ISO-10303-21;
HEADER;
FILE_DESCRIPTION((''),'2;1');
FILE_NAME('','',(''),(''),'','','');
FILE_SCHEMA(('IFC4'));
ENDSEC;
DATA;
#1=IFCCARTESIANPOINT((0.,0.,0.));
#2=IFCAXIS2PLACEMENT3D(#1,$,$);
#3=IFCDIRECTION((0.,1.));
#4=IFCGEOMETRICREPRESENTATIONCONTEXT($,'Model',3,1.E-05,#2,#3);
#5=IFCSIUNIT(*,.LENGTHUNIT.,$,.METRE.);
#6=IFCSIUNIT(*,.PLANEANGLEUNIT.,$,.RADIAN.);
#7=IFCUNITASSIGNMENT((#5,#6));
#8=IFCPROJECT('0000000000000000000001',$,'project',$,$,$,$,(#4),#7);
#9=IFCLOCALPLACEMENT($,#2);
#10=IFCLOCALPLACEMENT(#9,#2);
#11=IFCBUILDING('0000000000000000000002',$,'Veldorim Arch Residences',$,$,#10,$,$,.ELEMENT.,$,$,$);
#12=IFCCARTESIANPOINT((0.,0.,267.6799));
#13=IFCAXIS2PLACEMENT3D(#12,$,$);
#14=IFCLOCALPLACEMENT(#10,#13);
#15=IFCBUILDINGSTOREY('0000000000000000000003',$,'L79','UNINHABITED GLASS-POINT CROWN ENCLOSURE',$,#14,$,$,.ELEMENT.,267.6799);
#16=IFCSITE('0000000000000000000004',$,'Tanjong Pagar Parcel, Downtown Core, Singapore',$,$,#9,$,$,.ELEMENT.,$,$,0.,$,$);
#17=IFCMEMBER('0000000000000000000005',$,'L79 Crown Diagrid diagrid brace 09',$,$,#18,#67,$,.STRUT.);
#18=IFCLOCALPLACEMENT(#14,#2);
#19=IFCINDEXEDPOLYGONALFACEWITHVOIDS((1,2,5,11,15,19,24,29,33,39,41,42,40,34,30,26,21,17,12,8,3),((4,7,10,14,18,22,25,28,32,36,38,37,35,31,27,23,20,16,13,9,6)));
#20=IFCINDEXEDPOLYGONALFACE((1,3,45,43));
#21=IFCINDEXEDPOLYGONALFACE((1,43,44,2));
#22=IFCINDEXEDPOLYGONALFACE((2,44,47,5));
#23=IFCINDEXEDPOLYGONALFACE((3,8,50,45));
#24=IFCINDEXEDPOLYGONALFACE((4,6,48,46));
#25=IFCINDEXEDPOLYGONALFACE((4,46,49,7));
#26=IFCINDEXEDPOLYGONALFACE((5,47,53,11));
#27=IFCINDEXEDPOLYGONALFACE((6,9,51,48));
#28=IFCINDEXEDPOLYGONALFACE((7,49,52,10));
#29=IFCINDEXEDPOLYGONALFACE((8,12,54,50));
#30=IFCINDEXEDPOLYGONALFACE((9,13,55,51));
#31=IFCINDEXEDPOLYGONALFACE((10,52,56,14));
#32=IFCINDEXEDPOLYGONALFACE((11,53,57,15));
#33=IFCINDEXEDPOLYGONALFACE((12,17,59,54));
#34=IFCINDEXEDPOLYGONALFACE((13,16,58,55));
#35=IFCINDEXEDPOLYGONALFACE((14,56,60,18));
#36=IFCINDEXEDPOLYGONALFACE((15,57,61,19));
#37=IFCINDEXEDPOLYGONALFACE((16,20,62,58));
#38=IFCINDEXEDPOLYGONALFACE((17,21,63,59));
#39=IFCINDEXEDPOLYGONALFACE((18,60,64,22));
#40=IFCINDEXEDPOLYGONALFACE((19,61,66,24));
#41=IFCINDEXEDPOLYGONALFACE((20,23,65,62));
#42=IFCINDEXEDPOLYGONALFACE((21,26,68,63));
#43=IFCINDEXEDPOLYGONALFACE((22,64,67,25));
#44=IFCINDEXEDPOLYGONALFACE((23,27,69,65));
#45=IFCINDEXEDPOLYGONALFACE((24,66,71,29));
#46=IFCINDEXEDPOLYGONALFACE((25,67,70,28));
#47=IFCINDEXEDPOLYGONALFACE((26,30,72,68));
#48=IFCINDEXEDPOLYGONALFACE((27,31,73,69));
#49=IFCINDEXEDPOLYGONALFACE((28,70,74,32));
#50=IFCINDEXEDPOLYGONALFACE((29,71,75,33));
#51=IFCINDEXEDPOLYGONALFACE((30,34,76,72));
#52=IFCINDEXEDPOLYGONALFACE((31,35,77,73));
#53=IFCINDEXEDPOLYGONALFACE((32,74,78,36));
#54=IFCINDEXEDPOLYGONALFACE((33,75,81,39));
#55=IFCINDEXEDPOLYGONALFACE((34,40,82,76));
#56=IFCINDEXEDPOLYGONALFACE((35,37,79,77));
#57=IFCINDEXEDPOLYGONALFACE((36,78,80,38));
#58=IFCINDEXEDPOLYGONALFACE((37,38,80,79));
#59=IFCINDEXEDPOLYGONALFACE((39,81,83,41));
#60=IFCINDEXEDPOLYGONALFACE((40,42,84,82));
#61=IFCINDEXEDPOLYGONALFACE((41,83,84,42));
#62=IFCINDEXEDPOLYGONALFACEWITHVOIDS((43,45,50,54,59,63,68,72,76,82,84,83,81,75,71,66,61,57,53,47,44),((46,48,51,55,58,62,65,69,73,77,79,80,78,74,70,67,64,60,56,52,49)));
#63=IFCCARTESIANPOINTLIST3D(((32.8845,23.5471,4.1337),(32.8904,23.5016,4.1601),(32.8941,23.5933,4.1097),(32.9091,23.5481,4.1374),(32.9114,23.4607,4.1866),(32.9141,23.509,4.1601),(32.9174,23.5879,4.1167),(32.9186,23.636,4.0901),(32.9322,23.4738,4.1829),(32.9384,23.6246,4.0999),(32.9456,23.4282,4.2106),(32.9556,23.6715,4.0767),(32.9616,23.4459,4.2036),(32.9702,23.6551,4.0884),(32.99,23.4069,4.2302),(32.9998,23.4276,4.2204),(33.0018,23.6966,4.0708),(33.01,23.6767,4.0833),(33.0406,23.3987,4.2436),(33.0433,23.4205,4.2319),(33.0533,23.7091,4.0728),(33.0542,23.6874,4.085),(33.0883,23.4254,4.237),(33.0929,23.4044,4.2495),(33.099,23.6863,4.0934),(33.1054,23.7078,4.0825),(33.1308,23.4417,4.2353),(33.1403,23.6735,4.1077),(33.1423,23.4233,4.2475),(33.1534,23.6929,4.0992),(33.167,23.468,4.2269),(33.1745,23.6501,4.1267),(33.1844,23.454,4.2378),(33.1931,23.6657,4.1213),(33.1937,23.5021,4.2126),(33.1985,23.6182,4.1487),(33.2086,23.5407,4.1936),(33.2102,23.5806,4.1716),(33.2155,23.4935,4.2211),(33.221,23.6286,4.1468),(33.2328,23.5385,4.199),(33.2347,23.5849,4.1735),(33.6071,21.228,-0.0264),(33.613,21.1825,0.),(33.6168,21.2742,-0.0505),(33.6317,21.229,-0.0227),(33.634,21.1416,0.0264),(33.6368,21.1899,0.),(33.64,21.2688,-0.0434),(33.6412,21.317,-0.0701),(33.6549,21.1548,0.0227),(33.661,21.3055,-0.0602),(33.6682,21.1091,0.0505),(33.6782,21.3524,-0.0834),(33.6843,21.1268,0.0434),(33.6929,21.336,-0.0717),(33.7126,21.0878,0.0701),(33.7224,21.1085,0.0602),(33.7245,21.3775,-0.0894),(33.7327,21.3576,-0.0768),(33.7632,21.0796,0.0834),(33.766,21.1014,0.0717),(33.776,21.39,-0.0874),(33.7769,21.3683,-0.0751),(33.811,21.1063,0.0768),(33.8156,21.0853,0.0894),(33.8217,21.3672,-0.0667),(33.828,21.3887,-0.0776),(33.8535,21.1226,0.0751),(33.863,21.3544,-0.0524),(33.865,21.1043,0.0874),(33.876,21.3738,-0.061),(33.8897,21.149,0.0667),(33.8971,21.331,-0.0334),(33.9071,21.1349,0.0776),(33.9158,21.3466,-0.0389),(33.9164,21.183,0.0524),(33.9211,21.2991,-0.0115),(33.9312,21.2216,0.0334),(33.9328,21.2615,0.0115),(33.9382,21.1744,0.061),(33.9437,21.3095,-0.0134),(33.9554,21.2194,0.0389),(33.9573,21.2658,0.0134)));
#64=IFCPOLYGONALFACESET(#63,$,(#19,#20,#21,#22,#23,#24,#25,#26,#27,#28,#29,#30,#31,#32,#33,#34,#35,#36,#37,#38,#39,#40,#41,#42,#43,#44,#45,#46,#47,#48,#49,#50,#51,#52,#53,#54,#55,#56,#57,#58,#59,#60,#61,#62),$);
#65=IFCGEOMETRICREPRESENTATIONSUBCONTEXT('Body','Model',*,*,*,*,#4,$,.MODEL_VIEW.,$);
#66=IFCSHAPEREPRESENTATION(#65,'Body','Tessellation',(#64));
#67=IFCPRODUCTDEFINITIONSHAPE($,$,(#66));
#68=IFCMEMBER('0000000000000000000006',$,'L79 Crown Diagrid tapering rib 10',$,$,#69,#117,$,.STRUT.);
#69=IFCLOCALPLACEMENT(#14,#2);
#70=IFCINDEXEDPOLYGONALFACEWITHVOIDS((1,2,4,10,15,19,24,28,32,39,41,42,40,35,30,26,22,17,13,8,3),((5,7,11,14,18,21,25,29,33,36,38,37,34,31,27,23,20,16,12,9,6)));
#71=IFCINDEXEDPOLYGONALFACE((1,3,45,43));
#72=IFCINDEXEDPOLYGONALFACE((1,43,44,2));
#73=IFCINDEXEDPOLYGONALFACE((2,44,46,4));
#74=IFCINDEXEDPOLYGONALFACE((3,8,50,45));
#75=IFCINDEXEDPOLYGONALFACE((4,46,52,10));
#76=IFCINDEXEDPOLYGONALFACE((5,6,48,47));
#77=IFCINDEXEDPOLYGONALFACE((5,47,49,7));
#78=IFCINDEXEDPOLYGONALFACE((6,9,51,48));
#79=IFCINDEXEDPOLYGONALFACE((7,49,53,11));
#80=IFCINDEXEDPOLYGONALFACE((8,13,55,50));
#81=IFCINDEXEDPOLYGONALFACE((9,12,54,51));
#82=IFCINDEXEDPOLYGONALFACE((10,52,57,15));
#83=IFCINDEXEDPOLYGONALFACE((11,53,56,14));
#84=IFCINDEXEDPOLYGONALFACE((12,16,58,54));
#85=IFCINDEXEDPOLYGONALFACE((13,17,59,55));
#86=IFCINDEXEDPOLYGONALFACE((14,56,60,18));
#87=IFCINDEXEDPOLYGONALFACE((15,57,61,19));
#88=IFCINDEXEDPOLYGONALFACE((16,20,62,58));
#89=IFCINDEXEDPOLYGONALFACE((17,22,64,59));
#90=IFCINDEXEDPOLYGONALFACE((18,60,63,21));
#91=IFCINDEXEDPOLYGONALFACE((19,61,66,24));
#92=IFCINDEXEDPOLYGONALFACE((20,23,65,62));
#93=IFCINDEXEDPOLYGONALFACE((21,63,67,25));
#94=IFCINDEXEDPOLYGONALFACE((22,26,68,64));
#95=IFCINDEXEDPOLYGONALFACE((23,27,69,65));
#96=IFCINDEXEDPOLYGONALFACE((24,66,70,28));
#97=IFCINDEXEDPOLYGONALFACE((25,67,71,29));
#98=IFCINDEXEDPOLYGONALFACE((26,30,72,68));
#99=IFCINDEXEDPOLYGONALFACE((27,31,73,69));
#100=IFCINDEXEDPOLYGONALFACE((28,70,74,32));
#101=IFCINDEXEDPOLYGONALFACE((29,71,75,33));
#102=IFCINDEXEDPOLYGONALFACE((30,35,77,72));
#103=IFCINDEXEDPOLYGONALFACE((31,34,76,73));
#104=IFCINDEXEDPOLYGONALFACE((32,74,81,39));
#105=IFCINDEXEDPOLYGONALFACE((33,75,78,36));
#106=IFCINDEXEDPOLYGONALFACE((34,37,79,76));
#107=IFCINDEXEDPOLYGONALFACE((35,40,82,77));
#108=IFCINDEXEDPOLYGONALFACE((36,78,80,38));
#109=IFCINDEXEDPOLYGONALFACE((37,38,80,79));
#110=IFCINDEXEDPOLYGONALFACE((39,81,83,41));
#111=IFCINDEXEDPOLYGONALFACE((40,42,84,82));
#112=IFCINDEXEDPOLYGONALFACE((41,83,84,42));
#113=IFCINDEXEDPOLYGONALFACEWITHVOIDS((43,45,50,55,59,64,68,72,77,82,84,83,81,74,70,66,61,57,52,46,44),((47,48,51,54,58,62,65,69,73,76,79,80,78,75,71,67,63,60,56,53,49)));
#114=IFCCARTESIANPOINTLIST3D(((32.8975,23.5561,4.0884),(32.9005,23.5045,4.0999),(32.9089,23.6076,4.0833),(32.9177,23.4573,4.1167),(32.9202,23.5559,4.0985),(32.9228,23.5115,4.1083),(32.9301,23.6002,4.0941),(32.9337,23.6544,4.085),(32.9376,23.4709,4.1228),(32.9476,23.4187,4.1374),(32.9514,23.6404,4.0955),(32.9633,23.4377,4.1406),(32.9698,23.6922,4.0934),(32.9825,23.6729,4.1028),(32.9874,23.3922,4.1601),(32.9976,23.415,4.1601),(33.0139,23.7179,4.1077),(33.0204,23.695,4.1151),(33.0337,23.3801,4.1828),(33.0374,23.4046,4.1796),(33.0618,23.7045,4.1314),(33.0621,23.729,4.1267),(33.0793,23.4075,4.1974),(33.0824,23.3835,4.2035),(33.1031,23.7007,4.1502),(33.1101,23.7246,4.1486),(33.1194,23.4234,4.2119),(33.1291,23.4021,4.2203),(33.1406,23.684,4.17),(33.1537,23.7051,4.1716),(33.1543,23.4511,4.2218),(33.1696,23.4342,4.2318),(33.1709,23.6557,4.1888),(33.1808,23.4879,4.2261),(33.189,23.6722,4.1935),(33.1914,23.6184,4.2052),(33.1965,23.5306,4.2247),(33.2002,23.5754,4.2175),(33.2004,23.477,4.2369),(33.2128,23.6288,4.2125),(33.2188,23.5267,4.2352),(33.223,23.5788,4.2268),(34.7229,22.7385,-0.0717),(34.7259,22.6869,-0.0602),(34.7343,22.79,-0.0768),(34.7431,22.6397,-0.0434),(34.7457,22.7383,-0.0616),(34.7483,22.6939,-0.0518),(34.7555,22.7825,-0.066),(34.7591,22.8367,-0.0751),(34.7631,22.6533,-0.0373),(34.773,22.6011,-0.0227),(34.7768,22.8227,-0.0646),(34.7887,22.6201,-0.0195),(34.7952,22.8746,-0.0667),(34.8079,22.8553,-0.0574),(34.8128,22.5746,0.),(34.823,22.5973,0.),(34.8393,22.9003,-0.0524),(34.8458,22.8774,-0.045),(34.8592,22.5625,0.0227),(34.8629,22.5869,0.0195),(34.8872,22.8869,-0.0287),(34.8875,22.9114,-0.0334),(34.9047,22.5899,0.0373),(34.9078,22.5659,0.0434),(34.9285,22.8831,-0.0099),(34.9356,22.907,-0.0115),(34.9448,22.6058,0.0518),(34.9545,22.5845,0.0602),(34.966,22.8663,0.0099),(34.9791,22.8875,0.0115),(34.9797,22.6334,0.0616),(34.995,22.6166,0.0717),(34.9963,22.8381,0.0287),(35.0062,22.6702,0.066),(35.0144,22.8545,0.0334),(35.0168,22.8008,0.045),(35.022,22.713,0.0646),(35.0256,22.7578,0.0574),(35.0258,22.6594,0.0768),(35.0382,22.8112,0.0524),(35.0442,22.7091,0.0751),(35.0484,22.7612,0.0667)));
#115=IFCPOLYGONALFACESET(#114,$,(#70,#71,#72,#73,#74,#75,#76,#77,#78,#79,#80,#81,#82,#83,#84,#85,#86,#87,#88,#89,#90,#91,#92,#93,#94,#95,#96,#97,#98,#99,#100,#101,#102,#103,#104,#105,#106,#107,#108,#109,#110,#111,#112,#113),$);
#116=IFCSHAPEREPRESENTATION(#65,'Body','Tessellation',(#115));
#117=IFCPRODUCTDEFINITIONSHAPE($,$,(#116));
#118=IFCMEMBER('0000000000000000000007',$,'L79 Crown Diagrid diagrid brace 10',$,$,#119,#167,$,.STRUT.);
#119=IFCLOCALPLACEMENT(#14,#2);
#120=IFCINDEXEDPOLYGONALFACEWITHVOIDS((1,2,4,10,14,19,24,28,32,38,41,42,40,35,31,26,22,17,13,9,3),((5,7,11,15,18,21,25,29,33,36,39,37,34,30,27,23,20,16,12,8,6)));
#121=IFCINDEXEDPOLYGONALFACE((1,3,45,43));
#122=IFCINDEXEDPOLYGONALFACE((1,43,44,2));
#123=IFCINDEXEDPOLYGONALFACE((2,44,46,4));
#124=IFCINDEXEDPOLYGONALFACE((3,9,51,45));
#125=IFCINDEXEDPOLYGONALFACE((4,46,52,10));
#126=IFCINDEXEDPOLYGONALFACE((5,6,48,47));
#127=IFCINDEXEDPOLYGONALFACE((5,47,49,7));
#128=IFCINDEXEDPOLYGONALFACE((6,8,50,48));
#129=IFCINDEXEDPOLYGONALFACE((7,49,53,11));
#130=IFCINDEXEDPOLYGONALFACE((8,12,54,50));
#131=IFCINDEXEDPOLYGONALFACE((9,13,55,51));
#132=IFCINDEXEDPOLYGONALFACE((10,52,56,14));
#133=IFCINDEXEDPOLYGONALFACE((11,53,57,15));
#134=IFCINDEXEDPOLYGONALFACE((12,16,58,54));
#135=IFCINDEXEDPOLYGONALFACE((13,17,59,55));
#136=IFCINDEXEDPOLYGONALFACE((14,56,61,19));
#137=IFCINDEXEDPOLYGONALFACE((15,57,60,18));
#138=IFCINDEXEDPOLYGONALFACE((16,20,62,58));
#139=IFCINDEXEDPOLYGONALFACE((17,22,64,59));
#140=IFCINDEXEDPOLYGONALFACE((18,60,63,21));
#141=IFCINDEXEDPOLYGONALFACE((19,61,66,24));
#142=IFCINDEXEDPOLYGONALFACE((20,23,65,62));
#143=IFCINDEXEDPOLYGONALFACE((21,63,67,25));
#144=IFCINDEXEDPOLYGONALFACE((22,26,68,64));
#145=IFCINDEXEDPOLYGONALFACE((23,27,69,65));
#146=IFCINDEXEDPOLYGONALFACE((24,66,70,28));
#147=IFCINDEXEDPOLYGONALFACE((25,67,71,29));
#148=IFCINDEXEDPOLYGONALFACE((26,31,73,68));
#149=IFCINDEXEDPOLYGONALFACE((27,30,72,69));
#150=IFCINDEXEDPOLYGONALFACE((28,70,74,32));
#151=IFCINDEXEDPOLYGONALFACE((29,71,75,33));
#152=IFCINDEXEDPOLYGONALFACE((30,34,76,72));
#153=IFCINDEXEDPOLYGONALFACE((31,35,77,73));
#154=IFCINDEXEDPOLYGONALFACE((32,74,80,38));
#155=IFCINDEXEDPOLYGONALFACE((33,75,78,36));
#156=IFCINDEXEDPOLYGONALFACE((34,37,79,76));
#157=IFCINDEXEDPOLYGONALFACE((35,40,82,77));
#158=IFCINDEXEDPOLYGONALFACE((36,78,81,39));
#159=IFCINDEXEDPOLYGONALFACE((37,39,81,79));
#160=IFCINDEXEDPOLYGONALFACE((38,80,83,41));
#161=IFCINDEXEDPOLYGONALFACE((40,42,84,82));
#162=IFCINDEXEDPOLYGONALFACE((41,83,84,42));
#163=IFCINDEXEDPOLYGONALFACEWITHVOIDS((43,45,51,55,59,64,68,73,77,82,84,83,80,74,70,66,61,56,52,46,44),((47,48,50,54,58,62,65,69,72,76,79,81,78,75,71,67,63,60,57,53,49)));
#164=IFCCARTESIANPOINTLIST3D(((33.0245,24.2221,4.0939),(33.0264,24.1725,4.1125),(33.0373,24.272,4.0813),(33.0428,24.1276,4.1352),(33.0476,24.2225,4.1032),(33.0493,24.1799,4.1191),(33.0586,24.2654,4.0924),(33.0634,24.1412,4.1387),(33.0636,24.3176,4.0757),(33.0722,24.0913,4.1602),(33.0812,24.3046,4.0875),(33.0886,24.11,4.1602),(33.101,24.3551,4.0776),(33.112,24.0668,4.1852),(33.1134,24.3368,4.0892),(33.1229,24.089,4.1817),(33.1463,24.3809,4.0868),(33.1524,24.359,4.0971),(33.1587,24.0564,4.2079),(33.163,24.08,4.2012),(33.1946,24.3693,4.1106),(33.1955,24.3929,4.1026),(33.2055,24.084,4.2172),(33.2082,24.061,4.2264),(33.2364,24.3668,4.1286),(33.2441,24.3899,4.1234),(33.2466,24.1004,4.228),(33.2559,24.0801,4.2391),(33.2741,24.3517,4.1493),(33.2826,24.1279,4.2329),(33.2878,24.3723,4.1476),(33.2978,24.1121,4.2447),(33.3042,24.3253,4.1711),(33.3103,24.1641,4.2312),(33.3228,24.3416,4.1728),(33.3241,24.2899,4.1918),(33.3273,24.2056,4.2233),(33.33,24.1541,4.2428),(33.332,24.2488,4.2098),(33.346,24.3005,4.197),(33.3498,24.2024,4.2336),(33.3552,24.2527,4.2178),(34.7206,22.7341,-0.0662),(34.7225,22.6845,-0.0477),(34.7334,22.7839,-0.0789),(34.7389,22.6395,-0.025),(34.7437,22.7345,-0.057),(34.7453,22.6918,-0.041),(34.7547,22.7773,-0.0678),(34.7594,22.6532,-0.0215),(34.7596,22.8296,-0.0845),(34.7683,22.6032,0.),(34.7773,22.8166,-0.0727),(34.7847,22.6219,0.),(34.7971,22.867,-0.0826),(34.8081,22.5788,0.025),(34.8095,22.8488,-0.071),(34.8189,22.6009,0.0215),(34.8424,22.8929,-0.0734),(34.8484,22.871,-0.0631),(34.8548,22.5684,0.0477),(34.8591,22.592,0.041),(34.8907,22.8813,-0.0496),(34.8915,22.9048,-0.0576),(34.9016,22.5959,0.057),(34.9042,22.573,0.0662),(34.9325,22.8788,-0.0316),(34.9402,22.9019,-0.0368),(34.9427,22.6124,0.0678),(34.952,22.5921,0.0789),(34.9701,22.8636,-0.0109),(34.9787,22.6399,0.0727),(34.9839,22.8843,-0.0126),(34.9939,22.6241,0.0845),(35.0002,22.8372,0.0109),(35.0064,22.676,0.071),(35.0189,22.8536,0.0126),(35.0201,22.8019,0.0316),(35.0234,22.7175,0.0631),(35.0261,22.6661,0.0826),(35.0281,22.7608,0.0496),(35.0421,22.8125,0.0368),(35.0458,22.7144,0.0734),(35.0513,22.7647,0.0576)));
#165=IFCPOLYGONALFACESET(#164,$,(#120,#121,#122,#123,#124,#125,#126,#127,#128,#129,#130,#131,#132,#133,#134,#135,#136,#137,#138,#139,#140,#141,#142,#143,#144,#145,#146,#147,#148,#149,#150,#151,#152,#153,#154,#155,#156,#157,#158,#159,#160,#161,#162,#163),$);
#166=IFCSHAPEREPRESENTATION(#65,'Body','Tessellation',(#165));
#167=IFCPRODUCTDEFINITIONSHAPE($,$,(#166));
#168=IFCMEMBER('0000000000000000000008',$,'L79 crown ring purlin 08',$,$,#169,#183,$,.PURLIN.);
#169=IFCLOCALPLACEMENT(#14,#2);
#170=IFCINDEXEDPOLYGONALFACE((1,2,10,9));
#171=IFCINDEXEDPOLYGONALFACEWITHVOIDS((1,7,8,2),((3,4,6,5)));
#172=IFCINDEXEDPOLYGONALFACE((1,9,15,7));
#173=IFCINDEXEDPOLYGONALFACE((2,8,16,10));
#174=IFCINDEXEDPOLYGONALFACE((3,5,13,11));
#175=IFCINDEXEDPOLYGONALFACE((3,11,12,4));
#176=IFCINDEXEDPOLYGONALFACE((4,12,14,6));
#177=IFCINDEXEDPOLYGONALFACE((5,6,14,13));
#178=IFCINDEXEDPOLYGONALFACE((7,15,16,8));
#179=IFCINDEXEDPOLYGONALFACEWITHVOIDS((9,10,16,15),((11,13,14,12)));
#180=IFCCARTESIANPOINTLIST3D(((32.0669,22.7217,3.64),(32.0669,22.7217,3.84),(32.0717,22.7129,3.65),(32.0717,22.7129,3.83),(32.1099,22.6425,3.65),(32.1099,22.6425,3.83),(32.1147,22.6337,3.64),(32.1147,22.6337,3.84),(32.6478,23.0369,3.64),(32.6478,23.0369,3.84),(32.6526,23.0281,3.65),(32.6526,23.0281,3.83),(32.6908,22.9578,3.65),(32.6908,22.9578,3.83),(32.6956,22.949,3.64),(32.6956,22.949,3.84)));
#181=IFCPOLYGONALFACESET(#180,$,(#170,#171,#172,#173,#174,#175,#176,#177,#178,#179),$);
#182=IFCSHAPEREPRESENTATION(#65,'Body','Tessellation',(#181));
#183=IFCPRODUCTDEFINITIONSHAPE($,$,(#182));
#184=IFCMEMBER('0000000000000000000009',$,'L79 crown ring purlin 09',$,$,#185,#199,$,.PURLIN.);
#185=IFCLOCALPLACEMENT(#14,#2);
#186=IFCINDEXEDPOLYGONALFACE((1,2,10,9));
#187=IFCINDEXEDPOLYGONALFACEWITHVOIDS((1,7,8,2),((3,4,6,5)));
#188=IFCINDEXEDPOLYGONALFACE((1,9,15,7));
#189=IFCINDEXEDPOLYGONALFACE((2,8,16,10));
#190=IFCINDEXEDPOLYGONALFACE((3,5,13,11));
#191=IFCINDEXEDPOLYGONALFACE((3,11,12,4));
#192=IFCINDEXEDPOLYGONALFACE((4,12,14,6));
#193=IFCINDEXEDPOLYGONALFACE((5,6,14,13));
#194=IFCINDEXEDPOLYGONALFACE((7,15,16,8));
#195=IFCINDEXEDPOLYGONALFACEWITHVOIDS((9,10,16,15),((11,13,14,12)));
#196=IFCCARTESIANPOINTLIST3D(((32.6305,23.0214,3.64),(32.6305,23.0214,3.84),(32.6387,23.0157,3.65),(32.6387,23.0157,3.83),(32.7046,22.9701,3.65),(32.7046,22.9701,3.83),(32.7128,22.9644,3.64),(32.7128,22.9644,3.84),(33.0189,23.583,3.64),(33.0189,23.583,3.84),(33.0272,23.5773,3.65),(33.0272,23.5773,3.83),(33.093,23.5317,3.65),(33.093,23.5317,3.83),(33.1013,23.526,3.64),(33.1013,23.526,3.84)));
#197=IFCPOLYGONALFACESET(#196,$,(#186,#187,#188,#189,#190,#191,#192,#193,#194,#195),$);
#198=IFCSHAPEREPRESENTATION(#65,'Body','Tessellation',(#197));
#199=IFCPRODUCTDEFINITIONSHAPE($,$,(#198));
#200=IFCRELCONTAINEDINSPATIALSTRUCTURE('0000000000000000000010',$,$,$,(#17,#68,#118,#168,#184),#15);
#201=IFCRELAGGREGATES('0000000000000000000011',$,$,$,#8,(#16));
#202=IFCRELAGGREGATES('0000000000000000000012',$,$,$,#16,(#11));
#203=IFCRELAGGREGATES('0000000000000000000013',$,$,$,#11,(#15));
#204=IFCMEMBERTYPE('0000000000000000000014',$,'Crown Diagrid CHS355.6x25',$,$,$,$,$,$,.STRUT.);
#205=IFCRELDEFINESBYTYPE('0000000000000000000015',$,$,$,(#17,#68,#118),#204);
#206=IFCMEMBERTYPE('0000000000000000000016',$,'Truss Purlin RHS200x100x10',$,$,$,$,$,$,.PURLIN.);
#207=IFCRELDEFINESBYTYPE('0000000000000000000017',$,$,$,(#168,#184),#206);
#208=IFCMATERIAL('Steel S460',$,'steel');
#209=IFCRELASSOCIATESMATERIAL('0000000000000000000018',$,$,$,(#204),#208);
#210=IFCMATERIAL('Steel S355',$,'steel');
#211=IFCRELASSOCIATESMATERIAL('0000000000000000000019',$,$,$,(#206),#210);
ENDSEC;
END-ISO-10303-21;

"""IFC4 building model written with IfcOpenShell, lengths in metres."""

from ifc_helpers import new_model, si_unit, direction, frame, origin, origin_2d, place, context, subcontext, project, spatial, hollow_rectangle, hollow_circle, extrude, material, material_profile, profile_set, type_object, element, save


model = new_model("IFC4")

# Units and contexts
model_context = context("Model", 3, precision=1e-05, world=origin(), true_north=direction((0.0, 1.0)))
body_context = subcontext(model_context, "Body", "Model", "MODEL_VIEW")
ifc_project = project(units=[si_unit("LENGTHUNIT", "METRE"), si_unit("PLANEANGLEUNIT", "RADIAN")], contexts=[model_context])

# Site, building, storey
site_placement = place(None, origin())
site = spatial("IfcSite", under=ifc_project, at=site_placement, Name="Tanjong Pagar Parcel, Downtown Core, Singapore", CompositionType="ELEMENT", RefElevation=0.0)
building_placement = place(site_placement, origin())
building = spatial("IfcBuilding", under=site, at=building_placement, Name="Veldorim Arch Residences", CompositionType="ELEMENT")
storey_placement = place(building_placement, frame((0.0, 0.0, 267.6799)))
storey = spatial("IfcBuildingStorey", under=building, at=storey_placement, Name="L79", Description="UNINHABITED GLASS-POINT CROWN ENCLOSURE", CompositionType="ELEMENT", Elevation=267.6799)

# Members
ifc_material_1 = material(Name="Steel S460", Category="steel")
ifc_material_profile_1 = material_profile(ifc_material_1, hollow_circle(Radius=0.1777, WallThickness=0.0249, at=origin_2d()), Name="CHS355.6x25")
ifc_profile_set_1 = profile_set([ifc_material_profile_1], Name="Steel S460")
member_type_1 = type_object("IfcMemberType", Name="Crown Diagrid CHS355.6x25", PredefinedType="STRUT", material=ifc_profile_set_1)
member_1_placement = place(storey_placement, frame((33.7827, 21.2354, 0.0), z_axis=(-0.15001, 0.481399, 0.863569), x_axis=(-0.954721, -0.297502, 0.0)))
element("IfcMember", 1, at=member_1_placement, inside=storey, type_object=member_type_1, Name="L79 Crown Diagrid diagrid brace 09", PredefinedType="STRUT", context=body_context, shape_type="SweptSolid", body=[
    extrude(hollow_circle(Radius=0.1777, WallThickness=0.0249, at=origin_2d()), origin(), (0.0, 0.0, 1.0), 4.8174),
])
member_2_placement = place(storey_placement, frame((34.8855, 22.7368, 0.0), z_axis=(-0.395457, 0.177128, 0.901243), x_axis=(-0.408776, -0.912635, 0.0)))
element("IfcMember", 2, at=member_2_placement, inside=storey, type_object=member_type_1, Name="L79 Crown Diagrid tapering rib 10", PredefinedType="STRUT", context=body_context, shape_type="SweptSolid", body=[
    extrude(hollow_circle(Radius=0.1777, WallThickness=0.0249, at=origin_2d()), origin(), (0.0, 0.0, 1.0), 4.616),
])
member_3_placement = place(storey_placement, frame((34.8855, 22.7368, 0.0), z_axis=(-0.358373, 0.314421, 0.879038), x_axis=(-0.659508, -0.751698, 0.0)))
element("IfcMember", 3, at=member_3_placement, inside=storey, type_object=member_type_1, Name="L79 Crown Diagrid diagrid brace 10", PredefinedType="STRUT", context=body_context, shape_type="SweptSolid", body=[
    extrude(hollow_circle(Radius=0.1777, WallThickness=0.0249, at=origin_2d()), origin(), (0.0, 0.0, 1.0), 4.7327),
])
ifc_material_2 = material(Name="Steel S355", Category="steel")
ifc_material_profile_2 = material_profile(ifc_material_2, hollow_rectangle(XDim=0.1001, YDim=0.2, WallThickness=0.01, at=origin_2d()), Name="RHS200x100x10")
ifc_profile_set_2 = profile_set([ifc_material_profile_2], Name="Steel S355")
member_type_2 = type_object("IfcMemberType", Name="Truss Purlin RHS200x100x10", PredefinedType="PURLIN", material=ifc_profile_set_2)
member_4_placement = place(storey_placement, frame((32.0908, 22.6777, 3.74), z_axis=(0.878924, 0.476961, 0.0), x_axis=(-0.476961, 0.878924, 0.0)))
element("IfcMember", 4, at=member_4_placement, inside=storey, type_object=member_type_2, Name="L79 crown ring purlin 08", PredefinedType="PURLIN", context=body_context, shape_type="SweptSolid", body=[
    extrude(hollow_rectangle(XDim=0.1001, YDim=0.2, WallThickness=0.01, at=origin_2d()), origin(), (0.0, 0.0, 1.0), 0.6609),
])
for number, where, z_axis, x_axis, name in (
    (5, (32.6716, 22.9929, 3.74), (0.568894, 0.822411, 0.0), (-0.822411, 0.568894, 0.0), "L79 crown ring purlin 09"),
):
    element("IfcMember", number, at=place(storey_placement, frame(where, z_axis=z_axis, x_axis=x_axis)), inside=storey, type_object=member_type_2, Name=name, PredefinedType="PURLIN", context=body_context, shape_type="SweptSolid", body=[
        extrude(hollow_rectangle(XDim=0.1001, YDim=0.2, WallThickness=0.01, at=origin_2d()), origin(), (0.0, 0.0, 1.0), 0.6829),
    ])

save(model, "model.ifc")
